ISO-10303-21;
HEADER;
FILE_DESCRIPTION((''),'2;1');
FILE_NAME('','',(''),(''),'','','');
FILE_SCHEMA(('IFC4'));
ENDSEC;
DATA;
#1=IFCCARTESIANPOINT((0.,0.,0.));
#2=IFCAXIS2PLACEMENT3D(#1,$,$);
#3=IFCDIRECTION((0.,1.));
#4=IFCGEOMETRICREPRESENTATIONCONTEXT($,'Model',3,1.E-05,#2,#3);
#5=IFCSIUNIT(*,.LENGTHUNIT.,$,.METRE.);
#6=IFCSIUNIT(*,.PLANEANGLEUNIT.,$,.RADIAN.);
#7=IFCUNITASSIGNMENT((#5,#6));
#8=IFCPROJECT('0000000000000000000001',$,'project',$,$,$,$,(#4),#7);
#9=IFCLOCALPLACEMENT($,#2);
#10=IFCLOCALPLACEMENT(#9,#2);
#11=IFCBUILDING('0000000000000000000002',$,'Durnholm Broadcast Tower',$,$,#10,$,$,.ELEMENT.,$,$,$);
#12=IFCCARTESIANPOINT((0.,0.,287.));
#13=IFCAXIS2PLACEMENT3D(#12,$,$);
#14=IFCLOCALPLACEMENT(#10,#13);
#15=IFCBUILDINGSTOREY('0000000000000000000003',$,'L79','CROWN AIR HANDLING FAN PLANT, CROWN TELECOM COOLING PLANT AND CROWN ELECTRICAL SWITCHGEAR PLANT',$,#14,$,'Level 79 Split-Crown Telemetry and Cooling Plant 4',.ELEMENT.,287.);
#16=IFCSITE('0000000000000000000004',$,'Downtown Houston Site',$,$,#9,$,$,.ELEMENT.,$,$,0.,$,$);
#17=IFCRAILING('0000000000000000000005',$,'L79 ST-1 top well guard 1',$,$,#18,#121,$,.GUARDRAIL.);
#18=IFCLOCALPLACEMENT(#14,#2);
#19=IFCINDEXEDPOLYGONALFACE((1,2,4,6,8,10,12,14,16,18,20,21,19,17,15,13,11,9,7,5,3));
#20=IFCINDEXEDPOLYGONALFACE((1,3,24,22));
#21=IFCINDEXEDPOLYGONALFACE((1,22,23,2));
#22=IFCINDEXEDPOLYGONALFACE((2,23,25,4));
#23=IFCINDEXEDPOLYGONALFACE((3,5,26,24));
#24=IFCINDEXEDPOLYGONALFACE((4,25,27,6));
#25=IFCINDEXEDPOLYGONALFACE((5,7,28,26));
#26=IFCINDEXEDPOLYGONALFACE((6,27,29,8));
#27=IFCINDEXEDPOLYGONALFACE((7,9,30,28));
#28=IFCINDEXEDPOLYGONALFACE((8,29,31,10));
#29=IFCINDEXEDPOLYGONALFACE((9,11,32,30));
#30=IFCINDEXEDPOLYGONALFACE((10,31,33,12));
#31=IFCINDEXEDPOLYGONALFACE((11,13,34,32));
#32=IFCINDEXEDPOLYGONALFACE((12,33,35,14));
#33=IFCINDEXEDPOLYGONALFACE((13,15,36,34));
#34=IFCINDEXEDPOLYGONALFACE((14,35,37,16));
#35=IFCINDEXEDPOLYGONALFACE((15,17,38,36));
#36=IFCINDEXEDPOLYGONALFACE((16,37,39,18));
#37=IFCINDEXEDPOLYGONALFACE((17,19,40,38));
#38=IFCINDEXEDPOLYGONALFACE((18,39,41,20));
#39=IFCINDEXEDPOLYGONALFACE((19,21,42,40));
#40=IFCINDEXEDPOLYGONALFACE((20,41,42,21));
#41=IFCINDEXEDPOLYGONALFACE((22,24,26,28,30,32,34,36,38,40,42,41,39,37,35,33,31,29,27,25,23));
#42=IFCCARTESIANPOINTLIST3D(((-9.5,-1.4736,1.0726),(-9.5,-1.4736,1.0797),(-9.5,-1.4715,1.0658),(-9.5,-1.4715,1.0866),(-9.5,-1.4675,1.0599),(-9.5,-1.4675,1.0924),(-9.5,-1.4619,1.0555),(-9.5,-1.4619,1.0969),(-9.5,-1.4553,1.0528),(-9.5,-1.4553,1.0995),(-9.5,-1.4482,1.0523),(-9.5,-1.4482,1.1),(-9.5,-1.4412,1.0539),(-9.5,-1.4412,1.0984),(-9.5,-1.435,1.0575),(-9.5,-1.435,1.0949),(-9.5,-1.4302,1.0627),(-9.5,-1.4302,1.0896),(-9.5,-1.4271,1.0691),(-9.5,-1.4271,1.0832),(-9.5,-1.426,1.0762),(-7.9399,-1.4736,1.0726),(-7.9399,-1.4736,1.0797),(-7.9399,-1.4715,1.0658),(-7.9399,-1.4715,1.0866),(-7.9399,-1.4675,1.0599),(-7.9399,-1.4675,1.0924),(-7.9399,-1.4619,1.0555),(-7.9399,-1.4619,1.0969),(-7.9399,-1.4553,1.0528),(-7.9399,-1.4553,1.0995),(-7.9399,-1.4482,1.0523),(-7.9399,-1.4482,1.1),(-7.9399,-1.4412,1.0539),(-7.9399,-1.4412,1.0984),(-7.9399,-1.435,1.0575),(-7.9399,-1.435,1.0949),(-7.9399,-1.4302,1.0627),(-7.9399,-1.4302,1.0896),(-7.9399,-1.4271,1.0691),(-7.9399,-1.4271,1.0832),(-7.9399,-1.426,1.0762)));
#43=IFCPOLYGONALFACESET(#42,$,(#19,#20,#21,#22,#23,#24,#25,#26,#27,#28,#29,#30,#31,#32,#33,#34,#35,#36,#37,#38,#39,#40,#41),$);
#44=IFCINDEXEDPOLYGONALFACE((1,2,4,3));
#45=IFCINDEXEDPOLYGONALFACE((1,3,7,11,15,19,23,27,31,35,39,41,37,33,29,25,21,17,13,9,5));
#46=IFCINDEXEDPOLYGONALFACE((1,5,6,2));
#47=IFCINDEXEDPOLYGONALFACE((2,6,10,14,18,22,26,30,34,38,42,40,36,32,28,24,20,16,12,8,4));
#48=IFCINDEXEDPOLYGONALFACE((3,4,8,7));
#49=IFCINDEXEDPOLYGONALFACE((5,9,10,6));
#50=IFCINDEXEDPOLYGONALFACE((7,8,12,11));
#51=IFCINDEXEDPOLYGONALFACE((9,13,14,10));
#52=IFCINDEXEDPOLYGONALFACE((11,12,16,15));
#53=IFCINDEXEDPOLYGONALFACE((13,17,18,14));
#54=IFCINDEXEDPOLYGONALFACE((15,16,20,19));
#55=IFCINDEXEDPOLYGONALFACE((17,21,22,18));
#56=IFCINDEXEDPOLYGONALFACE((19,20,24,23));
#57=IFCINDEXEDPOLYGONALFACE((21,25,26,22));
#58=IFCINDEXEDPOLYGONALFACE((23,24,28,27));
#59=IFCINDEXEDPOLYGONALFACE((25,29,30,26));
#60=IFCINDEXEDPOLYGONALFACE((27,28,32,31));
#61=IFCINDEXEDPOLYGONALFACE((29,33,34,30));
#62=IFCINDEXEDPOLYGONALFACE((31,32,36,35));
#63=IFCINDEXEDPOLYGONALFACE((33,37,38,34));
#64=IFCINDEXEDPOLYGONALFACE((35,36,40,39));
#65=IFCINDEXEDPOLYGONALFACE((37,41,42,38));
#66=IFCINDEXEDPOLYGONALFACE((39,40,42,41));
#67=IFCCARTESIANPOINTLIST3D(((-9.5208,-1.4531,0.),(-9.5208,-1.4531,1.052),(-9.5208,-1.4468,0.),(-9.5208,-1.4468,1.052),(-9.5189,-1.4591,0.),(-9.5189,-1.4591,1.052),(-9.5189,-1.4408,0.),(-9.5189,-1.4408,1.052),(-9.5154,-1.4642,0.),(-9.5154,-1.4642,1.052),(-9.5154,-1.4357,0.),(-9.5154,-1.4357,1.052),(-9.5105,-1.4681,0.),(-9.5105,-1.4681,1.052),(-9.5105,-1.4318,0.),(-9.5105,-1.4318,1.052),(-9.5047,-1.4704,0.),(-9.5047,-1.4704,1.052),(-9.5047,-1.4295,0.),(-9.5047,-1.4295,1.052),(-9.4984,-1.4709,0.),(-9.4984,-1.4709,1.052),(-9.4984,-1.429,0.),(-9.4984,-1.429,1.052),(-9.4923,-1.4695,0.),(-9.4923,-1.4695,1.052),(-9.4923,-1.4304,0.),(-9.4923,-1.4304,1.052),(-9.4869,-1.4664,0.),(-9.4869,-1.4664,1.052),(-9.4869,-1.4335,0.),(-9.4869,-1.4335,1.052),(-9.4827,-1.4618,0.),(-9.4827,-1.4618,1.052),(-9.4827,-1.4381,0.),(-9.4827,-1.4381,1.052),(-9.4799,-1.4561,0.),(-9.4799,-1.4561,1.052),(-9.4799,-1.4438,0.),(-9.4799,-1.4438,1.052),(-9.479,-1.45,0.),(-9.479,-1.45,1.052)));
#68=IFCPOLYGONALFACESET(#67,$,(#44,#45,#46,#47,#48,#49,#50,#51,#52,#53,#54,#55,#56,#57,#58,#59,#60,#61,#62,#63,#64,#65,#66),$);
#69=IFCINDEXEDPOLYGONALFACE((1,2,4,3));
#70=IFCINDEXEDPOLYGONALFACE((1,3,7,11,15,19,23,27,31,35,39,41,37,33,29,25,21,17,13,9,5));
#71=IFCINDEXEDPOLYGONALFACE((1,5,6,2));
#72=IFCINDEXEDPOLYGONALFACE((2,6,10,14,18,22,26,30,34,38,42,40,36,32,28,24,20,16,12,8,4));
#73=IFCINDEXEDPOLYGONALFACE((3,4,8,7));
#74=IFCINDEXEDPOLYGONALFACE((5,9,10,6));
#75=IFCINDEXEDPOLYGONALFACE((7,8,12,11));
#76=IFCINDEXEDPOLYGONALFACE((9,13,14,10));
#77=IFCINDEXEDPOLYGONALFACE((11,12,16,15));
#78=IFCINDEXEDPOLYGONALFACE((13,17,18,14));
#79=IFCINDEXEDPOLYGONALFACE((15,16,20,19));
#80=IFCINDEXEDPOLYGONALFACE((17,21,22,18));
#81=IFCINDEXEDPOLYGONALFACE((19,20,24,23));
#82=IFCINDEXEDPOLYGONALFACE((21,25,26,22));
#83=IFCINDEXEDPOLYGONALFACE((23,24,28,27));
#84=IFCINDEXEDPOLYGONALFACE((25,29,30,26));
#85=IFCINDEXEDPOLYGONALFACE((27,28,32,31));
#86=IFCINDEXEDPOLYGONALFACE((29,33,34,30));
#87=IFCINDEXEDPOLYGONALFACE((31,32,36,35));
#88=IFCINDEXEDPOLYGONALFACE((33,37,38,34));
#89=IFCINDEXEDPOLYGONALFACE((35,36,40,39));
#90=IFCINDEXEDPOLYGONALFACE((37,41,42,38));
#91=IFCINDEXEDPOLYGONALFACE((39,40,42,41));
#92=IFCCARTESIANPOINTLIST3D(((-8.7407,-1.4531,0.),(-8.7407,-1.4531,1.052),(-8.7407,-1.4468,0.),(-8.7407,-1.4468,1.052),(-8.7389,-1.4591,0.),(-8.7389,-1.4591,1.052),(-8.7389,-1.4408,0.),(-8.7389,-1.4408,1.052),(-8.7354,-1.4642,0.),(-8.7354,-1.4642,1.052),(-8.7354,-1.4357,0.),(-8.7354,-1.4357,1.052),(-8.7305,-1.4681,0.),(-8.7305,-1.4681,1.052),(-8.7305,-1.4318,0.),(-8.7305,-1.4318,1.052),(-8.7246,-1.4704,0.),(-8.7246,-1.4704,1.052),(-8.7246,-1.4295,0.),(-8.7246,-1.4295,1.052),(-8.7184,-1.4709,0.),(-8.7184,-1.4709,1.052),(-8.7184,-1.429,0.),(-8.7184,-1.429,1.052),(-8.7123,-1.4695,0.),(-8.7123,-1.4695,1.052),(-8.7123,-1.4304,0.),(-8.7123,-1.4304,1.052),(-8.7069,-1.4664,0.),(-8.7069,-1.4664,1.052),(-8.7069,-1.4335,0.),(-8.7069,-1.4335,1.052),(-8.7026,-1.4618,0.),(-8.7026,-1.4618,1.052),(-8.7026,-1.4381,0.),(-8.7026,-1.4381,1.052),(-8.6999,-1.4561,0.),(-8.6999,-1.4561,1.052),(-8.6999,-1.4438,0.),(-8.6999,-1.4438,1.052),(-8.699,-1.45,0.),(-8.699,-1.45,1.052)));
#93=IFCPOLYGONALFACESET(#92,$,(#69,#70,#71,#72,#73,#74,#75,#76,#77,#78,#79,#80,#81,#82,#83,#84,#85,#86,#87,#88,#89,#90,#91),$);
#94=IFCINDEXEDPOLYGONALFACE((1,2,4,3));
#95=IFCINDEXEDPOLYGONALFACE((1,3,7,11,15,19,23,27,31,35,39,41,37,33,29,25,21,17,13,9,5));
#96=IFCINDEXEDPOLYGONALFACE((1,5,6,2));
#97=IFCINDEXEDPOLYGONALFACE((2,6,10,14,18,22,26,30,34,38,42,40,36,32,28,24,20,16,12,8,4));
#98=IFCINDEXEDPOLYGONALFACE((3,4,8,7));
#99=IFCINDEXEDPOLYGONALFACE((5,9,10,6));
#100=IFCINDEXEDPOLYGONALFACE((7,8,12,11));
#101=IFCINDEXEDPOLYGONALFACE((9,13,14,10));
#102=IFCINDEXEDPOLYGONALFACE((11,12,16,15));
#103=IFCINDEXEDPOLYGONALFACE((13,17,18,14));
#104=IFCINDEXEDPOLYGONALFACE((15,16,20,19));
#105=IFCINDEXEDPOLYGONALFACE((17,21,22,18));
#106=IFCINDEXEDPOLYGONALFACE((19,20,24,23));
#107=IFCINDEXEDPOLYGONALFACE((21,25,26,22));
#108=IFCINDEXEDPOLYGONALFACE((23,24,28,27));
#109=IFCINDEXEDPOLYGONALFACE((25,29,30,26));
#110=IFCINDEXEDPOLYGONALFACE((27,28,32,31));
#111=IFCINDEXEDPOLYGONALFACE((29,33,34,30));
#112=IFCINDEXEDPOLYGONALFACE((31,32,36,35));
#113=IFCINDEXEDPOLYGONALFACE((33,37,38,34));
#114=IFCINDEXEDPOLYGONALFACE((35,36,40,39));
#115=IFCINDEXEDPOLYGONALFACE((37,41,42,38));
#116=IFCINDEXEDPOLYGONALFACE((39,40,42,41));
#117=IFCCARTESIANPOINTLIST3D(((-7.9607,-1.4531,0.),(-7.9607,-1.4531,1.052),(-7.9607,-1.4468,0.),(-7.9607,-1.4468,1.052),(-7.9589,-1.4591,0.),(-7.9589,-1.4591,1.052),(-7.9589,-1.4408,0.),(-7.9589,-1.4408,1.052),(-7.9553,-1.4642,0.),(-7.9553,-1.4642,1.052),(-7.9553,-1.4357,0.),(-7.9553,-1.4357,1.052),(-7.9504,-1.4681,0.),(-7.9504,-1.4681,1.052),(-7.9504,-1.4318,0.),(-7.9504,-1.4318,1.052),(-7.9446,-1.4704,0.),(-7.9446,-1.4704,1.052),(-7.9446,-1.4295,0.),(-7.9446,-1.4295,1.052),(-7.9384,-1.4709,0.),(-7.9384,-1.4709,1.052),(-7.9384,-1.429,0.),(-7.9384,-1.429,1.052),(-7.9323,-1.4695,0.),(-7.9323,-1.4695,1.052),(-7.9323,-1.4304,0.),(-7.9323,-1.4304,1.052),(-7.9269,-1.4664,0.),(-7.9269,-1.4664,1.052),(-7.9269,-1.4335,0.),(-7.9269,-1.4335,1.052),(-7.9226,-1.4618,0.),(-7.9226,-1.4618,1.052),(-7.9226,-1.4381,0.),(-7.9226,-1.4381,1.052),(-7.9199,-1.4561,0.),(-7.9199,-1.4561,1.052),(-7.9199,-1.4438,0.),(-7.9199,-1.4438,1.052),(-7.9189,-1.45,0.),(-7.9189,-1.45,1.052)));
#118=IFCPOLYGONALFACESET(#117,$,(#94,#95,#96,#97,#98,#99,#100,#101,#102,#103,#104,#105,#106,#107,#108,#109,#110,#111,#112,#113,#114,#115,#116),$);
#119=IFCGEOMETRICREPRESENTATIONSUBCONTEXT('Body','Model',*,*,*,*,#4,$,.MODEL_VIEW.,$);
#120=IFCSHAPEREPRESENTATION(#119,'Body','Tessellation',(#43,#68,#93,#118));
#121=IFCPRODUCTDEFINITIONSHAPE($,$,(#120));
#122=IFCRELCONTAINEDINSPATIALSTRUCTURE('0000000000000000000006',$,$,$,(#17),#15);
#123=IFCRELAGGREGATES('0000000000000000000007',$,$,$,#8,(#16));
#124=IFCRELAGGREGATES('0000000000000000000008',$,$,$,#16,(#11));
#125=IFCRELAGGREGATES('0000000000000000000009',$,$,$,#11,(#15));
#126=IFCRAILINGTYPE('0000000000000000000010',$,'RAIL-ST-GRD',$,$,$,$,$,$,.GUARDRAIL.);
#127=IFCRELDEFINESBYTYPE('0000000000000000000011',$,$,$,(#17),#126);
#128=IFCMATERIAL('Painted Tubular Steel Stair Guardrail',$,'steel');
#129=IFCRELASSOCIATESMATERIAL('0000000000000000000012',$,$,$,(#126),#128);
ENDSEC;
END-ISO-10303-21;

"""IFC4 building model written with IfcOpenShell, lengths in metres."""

from ifc_helpers import new_model, si_unit, direction, frame, origin, origin_2d, place, context, subcontext, project, spatial, circle, extrude, material, type_object, element, save


model = new_model("IFC4")

# Units and contexts
model_context = context("Model", 3, precision=1e-05, world=origin(), true_north=direction((0.0, 1.0)))
body_context = subcontext(model_context, "Body", "Model", "MODEL_VIEW")
ifc_project = project(units=[si_unit("LENGTHUNIT", "METRE"), si_unit("PLANEANGLEUNIT", "RADIAN")], contexts=[model_context])

# Site, building, storey
site_placement = place(None, origin())
site = spatial("IfcSite", under=ifc_project, at=site_placement, Name="Downtown Houston Site", CompositionType="ELEMENT", RefElevation=0.0)
building_placement = place(site_placement, origin())
building = spatial("IfcBuilding", under=site, at=building_placement, Name="Durnholm Broadcast Tower", CompositionType="ELEMENT")
storey_placement = place(building_placement, frame((0.0, 0.0, 287.0)))
storey = spatial("IfcBuildingStorey", under=building, at=storey_placement, Name="L79", Description="CROWN AIR HANDLING FAN PLANT, CROWN TELECOM COOLING PLANT AND CROWN ELECTRICAL SWITCHGEAR PLANT", LongName="Level 79 Split-Crown Telemetry and Cooling Plant 4", CompositionType="ELEMENT", Elevation=287.0)

# Railing
ifc_material_1 = material(Name="Painted Tubular Steel Stair Guardrail", Category="steel")
railing_type = type_object("IfcRailingType", Name="RAIL-ST-GRD", PredefinedType="GUARDRAIL", material=ifc_material_1)
railing_placement = place(storey_placement, frame((-9.5, -1.45, 0.0)))
element("IfcRailing", 1, at=railing_placement, inside=storey, type_object=railing_type, Name="L79 ST-1 top well guard 1", PredefinedType="GUARDRAIL", context=body_context, shape_type="SweptSolid", body=[
    extrude(circle(Radius=0.0239, at=origin_2d()), frame((0.0, 0.0, 1.0762), z_axis=(1.0, 0.0, 0.0), x_axis=(0.0, 1.0, 0.0)), (0.0, 0.0, 1.0), 1.5601),
    extrude(circle(Radius=0.021, at=origin_2d()), origin(), (0.0, 0.0, 1.0), 1.052),
    extrude(circle(Radius=0.021, at=origin_2d()), frame((0.78, 0.0, 0.0)), (0.0, 0.0, 1.0), 1.052),
    extrude(circle(Radius=0.021, at=origin_2d()), frame((1.5601, 0.0, 0.0)), (0.0, 0.0, 1.0), 1.052),
])

save(model, "model.ifc")
